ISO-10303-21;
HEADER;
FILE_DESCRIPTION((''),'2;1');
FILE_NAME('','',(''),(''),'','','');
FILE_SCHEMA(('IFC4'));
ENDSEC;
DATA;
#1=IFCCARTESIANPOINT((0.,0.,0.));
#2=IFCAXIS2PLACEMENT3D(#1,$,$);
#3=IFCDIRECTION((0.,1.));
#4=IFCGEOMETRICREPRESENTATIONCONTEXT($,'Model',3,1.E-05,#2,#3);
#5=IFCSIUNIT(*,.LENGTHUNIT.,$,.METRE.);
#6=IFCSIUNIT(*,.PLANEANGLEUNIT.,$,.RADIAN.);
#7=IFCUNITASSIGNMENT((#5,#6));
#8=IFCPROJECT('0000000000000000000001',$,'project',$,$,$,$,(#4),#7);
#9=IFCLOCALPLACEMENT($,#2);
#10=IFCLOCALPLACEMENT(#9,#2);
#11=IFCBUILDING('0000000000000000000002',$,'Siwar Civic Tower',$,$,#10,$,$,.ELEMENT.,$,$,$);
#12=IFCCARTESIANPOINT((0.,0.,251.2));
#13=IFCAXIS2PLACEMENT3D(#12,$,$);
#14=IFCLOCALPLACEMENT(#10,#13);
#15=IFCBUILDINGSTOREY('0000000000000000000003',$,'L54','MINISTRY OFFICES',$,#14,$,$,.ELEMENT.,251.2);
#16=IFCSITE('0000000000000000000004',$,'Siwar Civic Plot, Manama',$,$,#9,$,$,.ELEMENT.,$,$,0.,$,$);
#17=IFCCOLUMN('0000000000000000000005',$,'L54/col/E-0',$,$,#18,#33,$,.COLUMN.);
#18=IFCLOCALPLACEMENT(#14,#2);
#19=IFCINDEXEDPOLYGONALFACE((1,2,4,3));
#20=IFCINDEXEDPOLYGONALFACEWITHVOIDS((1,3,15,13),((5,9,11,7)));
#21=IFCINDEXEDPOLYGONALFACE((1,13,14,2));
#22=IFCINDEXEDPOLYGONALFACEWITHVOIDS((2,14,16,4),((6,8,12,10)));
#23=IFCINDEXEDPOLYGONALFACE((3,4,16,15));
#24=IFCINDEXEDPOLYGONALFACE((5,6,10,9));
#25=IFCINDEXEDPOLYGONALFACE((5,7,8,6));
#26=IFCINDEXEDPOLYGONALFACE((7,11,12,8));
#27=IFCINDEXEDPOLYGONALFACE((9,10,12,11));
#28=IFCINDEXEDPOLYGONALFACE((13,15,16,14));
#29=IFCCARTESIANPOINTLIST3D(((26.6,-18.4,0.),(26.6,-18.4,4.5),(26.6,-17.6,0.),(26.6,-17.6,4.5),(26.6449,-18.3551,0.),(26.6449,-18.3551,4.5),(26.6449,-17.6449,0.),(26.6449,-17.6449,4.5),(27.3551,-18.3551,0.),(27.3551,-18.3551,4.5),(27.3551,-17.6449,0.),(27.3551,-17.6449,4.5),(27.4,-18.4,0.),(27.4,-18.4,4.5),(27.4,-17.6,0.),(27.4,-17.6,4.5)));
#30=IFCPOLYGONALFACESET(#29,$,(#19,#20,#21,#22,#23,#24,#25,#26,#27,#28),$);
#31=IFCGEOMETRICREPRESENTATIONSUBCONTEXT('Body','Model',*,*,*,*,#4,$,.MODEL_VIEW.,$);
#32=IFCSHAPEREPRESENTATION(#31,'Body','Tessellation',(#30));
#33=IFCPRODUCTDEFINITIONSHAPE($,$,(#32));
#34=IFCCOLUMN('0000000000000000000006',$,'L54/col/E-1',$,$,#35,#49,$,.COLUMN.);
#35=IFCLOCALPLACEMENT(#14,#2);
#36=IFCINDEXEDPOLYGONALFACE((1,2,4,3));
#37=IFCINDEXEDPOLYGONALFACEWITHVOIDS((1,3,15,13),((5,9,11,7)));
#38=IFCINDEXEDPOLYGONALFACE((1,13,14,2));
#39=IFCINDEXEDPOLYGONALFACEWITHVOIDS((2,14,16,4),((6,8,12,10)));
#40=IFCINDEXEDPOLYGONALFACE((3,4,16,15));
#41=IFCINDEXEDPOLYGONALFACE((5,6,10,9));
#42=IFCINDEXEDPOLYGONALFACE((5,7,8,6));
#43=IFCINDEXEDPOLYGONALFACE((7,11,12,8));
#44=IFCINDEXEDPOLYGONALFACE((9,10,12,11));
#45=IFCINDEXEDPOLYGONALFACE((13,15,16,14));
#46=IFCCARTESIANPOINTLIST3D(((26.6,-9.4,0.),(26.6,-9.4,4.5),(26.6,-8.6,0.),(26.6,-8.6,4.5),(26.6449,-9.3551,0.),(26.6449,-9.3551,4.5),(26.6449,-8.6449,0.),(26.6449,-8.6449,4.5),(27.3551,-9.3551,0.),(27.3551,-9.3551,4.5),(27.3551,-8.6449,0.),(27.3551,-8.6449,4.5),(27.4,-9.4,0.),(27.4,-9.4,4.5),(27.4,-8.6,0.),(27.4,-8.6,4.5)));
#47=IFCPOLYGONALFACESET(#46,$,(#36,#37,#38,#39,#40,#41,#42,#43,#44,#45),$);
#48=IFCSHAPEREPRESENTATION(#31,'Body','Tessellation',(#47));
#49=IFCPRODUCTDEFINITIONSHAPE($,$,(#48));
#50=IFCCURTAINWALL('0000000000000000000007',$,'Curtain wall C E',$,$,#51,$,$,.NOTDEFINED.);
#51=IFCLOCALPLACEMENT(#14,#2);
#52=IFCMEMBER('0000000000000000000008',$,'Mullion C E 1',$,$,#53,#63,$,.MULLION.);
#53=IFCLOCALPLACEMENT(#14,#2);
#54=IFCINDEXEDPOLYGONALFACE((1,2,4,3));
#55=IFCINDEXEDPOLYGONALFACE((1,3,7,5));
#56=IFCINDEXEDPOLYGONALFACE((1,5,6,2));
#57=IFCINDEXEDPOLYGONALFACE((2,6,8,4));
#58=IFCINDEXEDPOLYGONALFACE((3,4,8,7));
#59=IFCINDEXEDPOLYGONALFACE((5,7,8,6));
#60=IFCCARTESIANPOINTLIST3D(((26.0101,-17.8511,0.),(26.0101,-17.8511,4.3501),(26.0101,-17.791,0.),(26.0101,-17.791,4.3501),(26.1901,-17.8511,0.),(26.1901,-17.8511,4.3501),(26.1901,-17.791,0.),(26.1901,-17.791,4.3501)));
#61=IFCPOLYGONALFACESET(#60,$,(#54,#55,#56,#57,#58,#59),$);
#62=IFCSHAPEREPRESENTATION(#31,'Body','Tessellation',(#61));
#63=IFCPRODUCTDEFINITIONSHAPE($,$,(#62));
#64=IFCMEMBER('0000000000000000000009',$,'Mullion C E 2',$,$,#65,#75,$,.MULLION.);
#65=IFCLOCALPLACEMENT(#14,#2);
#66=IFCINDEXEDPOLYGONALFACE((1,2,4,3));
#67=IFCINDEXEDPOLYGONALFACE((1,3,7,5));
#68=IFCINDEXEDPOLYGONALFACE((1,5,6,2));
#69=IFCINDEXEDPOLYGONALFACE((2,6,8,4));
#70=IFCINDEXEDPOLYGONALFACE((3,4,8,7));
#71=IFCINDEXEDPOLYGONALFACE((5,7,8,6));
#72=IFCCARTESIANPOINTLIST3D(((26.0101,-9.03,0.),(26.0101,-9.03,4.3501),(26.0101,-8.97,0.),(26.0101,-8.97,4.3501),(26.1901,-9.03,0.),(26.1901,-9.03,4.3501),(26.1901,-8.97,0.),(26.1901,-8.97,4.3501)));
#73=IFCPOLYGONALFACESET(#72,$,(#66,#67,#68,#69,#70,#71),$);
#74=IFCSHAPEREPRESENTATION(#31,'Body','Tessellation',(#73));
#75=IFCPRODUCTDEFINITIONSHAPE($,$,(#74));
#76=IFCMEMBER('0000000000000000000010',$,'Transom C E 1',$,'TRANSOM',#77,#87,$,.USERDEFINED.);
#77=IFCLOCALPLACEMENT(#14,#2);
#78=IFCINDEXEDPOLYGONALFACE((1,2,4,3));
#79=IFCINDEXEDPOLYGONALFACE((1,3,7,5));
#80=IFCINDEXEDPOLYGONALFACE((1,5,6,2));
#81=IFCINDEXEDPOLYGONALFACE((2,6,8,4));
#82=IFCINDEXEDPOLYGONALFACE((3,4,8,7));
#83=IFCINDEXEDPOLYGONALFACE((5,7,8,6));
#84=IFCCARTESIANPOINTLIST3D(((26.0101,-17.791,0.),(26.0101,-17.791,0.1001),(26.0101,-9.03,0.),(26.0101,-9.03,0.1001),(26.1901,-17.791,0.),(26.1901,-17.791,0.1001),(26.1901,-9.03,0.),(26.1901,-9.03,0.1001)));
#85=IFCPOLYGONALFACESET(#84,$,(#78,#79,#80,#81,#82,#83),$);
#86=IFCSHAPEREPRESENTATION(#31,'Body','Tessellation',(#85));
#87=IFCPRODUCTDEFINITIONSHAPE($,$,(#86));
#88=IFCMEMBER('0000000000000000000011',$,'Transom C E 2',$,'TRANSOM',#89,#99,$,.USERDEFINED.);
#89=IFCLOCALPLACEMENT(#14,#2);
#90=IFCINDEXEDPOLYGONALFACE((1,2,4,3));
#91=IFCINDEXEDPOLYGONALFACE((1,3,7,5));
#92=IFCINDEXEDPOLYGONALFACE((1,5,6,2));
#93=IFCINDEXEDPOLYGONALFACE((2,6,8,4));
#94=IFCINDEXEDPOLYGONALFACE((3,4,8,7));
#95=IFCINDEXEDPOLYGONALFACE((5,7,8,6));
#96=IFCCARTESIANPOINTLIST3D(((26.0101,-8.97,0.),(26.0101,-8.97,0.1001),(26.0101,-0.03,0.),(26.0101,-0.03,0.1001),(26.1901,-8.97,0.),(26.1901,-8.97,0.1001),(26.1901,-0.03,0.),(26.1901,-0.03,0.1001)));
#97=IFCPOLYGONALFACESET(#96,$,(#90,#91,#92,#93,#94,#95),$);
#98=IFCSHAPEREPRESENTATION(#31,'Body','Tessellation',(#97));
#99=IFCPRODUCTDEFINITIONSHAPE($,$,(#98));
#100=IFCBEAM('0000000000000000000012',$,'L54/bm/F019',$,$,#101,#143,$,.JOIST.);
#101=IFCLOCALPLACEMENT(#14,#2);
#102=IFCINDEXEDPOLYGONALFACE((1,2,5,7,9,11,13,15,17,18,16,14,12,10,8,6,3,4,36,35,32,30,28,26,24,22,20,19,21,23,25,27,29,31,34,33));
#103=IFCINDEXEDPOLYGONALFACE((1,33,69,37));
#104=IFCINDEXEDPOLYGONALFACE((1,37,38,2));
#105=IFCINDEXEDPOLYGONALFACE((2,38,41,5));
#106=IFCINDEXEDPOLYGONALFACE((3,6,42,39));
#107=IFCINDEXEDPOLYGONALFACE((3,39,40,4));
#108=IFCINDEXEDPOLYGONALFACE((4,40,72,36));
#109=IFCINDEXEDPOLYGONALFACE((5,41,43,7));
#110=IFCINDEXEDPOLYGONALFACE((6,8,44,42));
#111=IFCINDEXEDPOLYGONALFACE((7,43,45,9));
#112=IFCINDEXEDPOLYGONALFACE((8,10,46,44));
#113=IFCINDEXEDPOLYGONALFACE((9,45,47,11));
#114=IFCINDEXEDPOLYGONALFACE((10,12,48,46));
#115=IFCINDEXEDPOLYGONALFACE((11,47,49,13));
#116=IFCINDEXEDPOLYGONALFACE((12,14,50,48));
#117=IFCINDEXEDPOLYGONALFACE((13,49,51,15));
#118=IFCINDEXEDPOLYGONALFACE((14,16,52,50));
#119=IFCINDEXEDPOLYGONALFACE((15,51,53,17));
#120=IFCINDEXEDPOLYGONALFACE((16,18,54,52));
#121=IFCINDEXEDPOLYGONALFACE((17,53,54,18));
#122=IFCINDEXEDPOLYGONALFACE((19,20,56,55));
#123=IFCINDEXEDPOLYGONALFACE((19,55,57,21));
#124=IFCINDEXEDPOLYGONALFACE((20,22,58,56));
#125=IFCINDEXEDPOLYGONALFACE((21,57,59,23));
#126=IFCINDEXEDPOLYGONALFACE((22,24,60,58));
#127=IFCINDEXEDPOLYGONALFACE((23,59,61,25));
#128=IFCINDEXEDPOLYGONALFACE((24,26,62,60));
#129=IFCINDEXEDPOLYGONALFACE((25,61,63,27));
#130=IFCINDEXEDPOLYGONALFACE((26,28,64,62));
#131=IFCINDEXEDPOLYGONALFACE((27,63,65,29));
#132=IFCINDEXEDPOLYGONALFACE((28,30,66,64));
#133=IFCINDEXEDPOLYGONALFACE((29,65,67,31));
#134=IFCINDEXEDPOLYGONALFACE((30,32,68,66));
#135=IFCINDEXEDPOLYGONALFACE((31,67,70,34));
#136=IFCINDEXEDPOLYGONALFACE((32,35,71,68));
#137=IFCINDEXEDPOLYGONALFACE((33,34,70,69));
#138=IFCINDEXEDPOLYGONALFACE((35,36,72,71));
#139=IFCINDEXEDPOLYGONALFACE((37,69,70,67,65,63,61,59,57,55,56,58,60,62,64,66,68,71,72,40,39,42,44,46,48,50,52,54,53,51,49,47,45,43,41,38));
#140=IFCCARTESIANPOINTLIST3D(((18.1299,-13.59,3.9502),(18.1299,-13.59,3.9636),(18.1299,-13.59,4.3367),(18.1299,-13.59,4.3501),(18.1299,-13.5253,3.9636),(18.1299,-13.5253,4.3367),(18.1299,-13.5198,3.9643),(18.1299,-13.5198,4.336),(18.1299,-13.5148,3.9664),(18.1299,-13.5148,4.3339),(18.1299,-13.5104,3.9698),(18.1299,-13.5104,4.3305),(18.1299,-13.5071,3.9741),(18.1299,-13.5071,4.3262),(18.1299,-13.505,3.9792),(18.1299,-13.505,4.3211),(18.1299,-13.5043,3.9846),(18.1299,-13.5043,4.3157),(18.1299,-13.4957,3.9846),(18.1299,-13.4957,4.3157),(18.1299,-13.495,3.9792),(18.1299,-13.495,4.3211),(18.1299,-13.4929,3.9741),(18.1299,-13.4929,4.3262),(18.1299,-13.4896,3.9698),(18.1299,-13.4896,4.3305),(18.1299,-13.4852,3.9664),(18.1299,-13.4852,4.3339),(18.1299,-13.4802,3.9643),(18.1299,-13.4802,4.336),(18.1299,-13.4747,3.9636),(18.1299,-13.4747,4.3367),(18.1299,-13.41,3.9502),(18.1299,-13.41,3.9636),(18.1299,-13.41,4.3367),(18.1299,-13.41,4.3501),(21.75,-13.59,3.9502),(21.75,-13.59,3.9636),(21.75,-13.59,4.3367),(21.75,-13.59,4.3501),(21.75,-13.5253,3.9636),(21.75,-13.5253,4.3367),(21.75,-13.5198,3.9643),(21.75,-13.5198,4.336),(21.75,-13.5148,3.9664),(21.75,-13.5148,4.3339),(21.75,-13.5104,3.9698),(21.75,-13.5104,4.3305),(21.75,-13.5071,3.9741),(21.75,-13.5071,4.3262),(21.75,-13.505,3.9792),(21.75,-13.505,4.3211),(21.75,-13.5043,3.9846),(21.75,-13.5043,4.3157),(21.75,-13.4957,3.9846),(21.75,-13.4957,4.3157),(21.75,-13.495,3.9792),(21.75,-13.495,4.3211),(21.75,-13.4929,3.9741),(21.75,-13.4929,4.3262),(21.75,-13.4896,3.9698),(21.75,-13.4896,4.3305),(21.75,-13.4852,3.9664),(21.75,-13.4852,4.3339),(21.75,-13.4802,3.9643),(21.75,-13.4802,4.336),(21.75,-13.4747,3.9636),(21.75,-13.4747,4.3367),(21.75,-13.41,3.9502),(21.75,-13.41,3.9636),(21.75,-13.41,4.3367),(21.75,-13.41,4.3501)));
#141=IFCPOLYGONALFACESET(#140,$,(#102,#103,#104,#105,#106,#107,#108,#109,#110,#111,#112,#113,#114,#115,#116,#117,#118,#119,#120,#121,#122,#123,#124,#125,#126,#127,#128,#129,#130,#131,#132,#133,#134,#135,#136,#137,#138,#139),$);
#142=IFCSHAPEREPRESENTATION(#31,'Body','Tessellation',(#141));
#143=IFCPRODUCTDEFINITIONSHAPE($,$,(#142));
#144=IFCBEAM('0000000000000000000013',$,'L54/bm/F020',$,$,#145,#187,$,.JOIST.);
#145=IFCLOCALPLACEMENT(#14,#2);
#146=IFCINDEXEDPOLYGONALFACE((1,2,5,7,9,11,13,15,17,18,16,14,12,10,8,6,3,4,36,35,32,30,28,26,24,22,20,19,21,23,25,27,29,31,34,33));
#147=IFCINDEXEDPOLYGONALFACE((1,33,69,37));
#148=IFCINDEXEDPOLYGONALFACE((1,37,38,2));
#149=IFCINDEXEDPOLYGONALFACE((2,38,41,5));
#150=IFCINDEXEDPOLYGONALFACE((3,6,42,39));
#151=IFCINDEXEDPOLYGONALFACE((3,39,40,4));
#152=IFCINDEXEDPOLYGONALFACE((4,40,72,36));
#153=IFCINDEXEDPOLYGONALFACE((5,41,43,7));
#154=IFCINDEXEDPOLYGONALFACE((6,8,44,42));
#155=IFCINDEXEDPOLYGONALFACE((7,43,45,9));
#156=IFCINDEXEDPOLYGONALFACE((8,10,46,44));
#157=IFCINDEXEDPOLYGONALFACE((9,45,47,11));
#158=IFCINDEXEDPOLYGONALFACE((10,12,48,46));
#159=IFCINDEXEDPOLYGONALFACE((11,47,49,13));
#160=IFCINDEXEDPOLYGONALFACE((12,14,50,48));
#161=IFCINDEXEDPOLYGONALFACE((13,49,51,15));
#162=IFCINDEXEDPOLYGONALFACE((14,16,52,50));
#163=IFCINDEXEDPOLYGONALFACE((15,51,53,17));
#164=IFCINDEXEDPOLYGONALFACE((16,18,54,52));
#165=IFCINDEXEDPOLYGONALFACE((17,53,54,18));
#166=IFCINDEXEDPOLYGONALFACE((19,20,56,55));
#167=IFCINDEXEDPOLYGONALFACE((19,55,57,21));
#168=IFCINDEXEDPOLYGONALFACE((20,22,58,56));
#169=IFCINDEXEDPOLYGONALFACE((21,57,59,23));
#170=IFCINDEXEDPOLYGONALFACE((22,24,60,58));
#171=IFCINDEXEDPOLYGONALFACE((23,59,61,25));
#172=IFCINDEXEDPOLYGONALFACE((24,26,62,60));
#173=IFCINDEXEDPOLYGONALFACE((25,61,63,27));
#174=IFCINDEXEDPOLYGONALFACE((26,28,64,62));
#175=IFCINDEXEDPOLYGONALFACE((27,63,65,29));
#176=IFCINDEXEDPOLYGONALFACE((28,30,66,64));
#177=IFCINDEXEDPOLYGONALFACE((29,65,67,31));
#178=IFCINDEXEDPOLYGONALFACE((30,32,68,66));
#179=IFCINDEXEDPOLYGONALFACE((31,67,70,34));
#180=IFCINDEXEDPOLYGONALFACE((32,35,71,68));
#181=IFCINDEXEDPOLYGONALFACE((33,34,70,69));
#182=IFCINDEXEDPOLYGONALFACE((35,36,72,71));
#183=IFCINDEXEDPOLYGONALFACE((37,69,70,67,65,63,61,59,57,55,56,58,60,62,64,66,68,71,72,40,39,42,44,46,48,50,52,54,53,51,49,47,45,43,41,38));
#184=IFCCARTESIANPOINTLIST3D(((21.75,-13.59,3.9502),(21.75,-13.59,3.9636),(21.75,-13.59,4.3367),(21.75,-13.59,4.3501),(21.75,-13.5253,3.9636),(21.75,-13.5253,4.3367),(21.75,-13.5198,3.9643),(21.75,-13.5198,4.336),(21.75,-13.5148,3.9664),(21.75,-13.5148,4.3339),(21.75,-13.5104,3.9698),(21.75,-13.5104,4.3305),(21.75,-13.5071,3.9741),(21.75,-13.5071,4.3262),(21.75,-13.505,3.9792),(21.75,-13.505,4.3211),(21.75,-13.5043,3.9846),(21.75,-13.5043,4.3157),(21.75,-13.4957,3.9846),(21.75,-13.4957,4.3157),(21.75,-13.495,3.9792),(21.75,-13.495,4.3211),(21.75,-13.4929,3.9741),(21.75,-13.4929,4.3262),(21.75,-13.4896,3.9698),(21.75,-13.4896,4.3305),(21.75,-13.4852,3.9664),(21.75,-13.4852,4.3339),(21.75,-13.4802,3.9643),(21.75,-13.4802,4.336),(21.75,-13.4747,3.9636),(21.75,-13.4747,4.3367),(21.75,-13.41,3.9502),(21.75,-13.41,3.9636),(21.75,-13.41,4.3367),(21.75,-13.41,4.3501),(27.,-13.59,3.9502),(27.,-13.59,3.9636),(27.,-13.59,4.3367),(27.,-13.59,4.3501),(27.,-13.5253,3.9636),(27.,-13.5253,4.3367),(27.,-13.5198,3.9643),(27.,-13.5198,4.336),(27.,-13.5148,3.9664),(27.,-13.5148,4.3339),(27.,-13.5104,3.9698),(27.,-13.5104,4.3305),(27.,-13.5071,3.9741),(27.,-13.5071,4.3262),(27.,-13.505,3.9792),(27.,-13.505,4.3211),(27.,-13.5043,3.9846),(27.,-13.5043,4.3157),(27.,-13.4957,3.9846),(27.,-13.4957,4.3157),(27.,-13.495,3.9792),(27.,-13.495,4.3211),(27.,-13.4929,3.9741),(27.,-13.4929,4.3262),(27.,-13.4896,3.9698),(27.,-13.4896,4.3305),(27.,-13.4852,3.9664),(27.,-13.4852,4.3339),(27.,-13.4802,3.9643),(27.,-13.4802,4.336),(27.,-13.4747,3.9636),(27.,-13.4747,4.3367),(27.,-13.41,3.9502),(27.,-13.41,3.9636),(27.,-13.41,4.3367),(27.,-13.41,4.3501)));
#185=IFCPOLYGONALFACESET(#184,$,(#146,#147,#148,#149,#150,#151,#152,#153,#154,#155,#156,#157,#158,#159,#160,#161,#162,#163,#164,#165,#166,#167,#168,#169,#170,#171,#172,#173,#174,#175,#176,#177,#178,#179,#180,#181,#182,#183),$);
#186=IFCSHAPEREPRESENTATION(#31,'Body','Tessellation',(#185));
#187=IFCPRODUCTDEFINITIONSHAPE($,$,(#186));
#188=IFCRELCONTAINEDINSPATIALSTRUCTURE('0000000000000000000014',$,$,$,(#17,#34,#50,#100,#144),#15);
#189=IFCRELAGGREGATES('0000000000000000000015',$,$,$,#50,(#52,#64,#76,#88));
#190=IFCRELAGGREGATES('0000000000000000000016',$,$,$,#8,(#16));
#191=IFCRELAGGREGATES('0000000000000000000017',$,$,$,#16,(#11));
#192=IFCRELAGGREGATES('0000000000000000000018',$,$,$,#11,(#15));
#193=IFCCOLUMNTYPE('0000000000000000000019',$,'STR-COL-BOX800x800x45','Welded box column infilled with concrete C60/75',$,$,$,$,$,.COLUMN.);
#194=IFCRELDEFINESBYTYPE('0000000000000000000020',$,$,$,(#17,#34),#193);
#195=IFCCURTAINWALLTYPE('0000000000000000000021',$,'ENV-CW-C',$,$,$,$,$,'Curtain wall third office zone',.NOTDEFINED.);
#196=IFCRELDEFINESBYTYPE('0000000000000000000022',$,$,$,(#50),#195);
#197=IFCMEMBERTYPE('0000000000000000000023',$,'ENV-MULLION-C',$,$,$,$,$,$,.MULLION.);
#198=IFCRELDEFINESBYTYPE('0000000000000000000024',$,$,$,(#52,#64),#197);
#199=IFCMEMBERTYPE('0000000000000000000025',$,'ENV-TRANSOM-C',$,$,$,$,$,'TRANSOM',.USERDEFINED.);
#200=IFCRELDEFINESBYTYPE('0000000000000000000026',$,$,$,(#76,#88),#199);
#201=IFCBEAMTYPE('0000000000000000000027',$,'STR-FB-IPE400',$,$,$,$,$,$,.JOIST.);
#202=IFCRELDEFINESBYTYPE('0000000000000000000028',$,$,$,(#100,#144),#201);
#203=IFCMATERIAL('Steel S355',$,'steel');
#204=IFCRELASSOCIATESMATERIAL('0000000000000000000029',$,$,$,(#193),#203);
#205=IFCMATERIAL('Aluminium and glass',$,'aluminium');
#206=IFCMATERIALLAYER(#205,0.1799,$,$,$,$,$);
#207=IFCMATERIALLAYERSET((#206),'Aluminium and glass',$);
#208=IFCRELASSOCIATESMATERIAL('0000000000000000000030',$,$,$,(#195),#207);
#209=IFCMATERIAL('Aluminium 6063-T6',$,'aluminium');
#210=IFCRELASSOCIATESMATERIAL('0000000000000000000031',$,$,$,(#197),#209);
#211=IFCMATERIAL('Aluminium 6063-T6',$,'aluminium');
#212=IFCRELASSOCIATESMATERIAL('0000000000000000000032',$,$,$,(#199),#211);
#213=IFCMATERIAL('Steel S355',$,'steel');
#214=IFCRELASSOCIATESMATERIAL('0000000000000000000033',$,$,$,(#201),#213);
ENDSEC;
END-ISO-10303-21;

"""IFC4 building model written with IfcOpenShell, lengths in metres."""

from ifc_helpers import new_model, si_unit, direction, frame, origin, origin_2d, place, context, subcontext, project, spatial, rectangle, hollow_rectangle, i_section, extrude, material, layer, layer_set, material_profile, profile_set, type_object, element, aggregate, save


model = new_model("IFC4")

# Units and contexts
model_context = context("Model", 3, precision=1e-05, world=origin(), true_north=direction((0.0, 1.0)))
body_context = subcontext(model_context, "Body", "Model", "MODEL_VIEW")
ifc_project = project(units=[si_unit("LENGTHUNIT", "METRE"), si_unit("PLANEANGLEUNIT", "RADIAN")], contexts=[model_context])

# Site, building, storey
site_placement = place(None, origin())
site = spatial("IfcSite", under=ifc_project, at=site_placement, Name="Siwar Civic Plot, Manama", CompositionType="ELEMENT", RefElevation=0.0)
building_placement = place(site_placement, origin())
building = spatial("IfcBuilding", under=site, at=building_placement, Name="Siwar Civic Tower", CompositionType="ELEMENT")
storey_placement = place(building_placement, frame((0.0, 0.0, 251.2)))
storey = spatial("IfcBuildingStorey", under=building, at=storey_placement, Name="L54", Description="MINISTRY OFFICES", CompositionType="ELEMENT", Elevation=251.2)

# Columns
ifc_material_1 = material(Name="Steel S355", Category="steel")
ifc_material_profile_1 = material_profile(ifc_material_1, hollow_rectangle(XDim=0.8, YDim=0.8, WallThickness=0.0449, at=origin_2d()), Name="BOX800x800x45")
ifc_profile_set_1 = profile_set([ifc_material_profile_1], Name="Steel S355")
column_type = type_object("IfcColumnType", Name="STR-COL-BOX800x800x45", Description="Welded box column infilled with concrete C60/75", PredefinedType="COLUMN", material=ifc_profile_set_1)
for number, where, z_axis, x_axis, name in (
    (1, (27.0, -18.0, 0.0), (0.0, 0.0, 1.0), (1.0, 0.0, 0.0), "L54/col/E-0"),
    (2, (27.0, -9.0, 0.0), (0.0, 0.0, 1.0), (1.0, 0.0, 0.0), "L54/col/E-1"),
):
    element("IfcColumn", number, at=place(storey_placement, frame(where, z_axis=z_axis, x_axis=x_axis)), inside=storey, type_object=column_type, Name=name, PredefinedType="COLUMN", context=body_context, shape_type="SweptSolid", body=[
        extrude(hollow_rectangle(XDim=0.8, YDim=0.8, WallThickness=0.0449, at=origin_2d()), origin(), (0.0, 0.0, 1.0), 4.5),
    ])

# Curtain wall, members
ifc_material_2 = material(Name="Aluminium and glass", Category="aluminium")
ifc_layer_1 = layer(ifc_material_2, 0.1799)
ifc_layer_set_1 = layer_set([ifc_layer_1], Name="Aluminium and glass")
curtain_wall_type = type_object("IfcCurtainWallType", Name="ENV-CW-C", ElementType="Curtain wall third office zone", PredefinedType="NOTDEFINED", material=ifc_layer_set_1)
curtain_wall_placement = place(storey_placement, origin())
curtain_wall = element("IfcCurtainWall", 3, at=curtain_wall_placement, inside=storey, type_object=curtain_wall_type, Name="Curtain wall C E", PredefinedType="NOTDEFINED")
ifc_material_3 = material(Name="Aluminium 6063-T6", Category="aluminium")
ifc_material_profile_2 = material_profile(ifc_material_3, rectangle(XDim=0.1799, YDim=0.0601, at=origin_2d()), Name="AL 180x60")
ifc_profile_set_2 = profile_set([ifc_material_profile_2], Name="Aluminium 6063-T6")
member_type_1 = type_object("IfcMemberType", Name="ENV-MULLION-C", PredefinedType="MULLION", material=ifc_profile_set_2)
member_1_placement = place(storey_placement, frame((26.1001, -17.821, 0.0), z_axis=(0.0, 0.0, 1.0), x_axis=(-1.0, 0.0, 0.0)))
member_1 = element("IfcMember", 4, at=member_1_placement, type_object=member_type_1, Name="Mullion C E 1", PredefinedType="MULLION", context=body_context, shape_type="SweptSolid", body=[
    extrude(rectangle(XDim=0.1799, YDim=0.0601, at=origin_2d()), origin(), (0.0, 0.0, 1.0), 4.3501),
])
member_2_placement = place(storey_placement, frame((26.1001, -9.0, 0.0), z_axis=(0.0, 0.0, 1.0), x_axis=(-1.0, 0.0, 0.0)))
member_2 = element("IfcMember", 5, at=member_2_placement, type_object=member_type_1, Name="Mullion C E 2", PredefinedType="MULLION", context=body_context, shape_type="SweptSolid", body=[
    extrude(rectangle(XDim=0.1799, YDim=0.0601, at=origin_2d()), origin(), (0.0, 0.0, 1.0), 4.3501),
])
ifc_material_4 = material(Name="Aluminium 6063-T6", Category="aluminium")
ifc_material_profile_3 = material_profile(ifc_material_4, rectangle(XDim=0.1799, YDim=0.1001, at=origin_2d()), Name="AL 180x100")
ifc_profile_set_3 = profile_set([ifc_material_profile_3], Name="Aluminium 6063-T6")
member_type_2 = type_object("IfcMemberType", Name="ENV-TRANSOM-C", ElementType="TRANSOM", PredefinedType="USERDEFINED", material=ifc_profile_set_3)
member_3_placement = place(storey_placement, frame((26.1001, -17.791, 0.05), z_axis=(0.0, 1.0, 0.0), x_axis=(-1.0, 0.0, 0.0)))
member_3 = element("IfcMember", 6, at=member_3_placement, type_object=member_type_2, Name="Transom C E 1", ObjectType="TRANSOM", PredefinedType="USERDEFINED", context=body_context, shape_type="SweptSolid", body=[
    extrude(rectangle(XDim=0.1799, YDim=0.1001, at=origin_2d()), origin(), (0.0, 0.0, 1.0), 8.761),
])
member_4_placement = place(storey_placement, frame((26.1001, -8.97, 0.05), z_axis=(0.0, 1.0, 0.0), x_axis=(-1.0, 0.0, 0.0)))
member_4 = element("IfcMember", 7, at=member_4_placement, type_object=member_type_2, Name="Transom C E 2", ObjectType="TRANSOM", PredefinedType="USERDEFINED", context=body_context, shape_type="SweptSolid", body=[
    extrude(rectangle(XDim=0.1799, YDim=0.1001, at=origin_2d()), origin(), (0.0, 0.0, 1.0), 8.9399),
])

# Beams
ifc_material_5 = material(Name="Steel S355", Category="steel")
ifc_material_profile_4 = material_profile(ifc_material_5, i_section(OverallWidth=0.1799, OverallDepth=0.3999, WebThickness=0.0085, FlangeThickness=0.0134, FilletRadius=0.021, at=origin_2d()), Name="IPE400")
ifc_profile_set_4 = profile_set([ifc_material_profile_4], Name="Steel S355")
beam_type_1 = type_object("IfcBeamType", Name="STR-FB-IPE400", PredefinedType="JOIST", material=ifc_profile_set_4)
beam_placement = place(storey_placement, frame((18.1299, -13.5, 4.1501), z_axis=(1.0, 0.0, 0.0), x_axis=(0.0, 1.0, 0.0)))
element("IfcBeam", 8, at=beam_placement, inside=storey, type_object=beam_type_1, Name="L54/bm/F019", PredefinedType="JOIST", context=body_context, shape_type="SweptSolid", body=[
    extrude(i_section(OverallWidth=0.1799, OverallDepth=0.3999, WebThickness=0.0085, FlangeThickness=0.0134, FilletRadius=0.021, at=origin_2d()), origin(), (0.0, 0.0, 1.0), 3.6201),
])
for number, where, z_axis, x_axis, name in (
    (9, (21.75, -13.5, 4.1501), (1.0, 0.0, 0.0), (0.0, 1.0, 0.0), "L54/bm/F020"),
):
    element("IfcBeam", number, at=place(storey_placement, frame(where, z_axis=z_axis, x_axis=x_axis)), inside=storey, type_object=beam_type_1, Name=name, PredefinedType="JOIST", context=body_context, shape_type="SweptSolid", body=[
        extrude(i_section(OverallWidth=0.1799, OverallDepth=0.3999, WebThickness=0.0085, FlangeThickness=0.0134, FilletRadius=0.021, at=origin_2d()), origin(), (0.0, 0.0, 1.0), 5.25),
    ])

aggregate(curtain_wall, [member_1, member_2, member_3, member_4])

save(model, "model.ifc")
